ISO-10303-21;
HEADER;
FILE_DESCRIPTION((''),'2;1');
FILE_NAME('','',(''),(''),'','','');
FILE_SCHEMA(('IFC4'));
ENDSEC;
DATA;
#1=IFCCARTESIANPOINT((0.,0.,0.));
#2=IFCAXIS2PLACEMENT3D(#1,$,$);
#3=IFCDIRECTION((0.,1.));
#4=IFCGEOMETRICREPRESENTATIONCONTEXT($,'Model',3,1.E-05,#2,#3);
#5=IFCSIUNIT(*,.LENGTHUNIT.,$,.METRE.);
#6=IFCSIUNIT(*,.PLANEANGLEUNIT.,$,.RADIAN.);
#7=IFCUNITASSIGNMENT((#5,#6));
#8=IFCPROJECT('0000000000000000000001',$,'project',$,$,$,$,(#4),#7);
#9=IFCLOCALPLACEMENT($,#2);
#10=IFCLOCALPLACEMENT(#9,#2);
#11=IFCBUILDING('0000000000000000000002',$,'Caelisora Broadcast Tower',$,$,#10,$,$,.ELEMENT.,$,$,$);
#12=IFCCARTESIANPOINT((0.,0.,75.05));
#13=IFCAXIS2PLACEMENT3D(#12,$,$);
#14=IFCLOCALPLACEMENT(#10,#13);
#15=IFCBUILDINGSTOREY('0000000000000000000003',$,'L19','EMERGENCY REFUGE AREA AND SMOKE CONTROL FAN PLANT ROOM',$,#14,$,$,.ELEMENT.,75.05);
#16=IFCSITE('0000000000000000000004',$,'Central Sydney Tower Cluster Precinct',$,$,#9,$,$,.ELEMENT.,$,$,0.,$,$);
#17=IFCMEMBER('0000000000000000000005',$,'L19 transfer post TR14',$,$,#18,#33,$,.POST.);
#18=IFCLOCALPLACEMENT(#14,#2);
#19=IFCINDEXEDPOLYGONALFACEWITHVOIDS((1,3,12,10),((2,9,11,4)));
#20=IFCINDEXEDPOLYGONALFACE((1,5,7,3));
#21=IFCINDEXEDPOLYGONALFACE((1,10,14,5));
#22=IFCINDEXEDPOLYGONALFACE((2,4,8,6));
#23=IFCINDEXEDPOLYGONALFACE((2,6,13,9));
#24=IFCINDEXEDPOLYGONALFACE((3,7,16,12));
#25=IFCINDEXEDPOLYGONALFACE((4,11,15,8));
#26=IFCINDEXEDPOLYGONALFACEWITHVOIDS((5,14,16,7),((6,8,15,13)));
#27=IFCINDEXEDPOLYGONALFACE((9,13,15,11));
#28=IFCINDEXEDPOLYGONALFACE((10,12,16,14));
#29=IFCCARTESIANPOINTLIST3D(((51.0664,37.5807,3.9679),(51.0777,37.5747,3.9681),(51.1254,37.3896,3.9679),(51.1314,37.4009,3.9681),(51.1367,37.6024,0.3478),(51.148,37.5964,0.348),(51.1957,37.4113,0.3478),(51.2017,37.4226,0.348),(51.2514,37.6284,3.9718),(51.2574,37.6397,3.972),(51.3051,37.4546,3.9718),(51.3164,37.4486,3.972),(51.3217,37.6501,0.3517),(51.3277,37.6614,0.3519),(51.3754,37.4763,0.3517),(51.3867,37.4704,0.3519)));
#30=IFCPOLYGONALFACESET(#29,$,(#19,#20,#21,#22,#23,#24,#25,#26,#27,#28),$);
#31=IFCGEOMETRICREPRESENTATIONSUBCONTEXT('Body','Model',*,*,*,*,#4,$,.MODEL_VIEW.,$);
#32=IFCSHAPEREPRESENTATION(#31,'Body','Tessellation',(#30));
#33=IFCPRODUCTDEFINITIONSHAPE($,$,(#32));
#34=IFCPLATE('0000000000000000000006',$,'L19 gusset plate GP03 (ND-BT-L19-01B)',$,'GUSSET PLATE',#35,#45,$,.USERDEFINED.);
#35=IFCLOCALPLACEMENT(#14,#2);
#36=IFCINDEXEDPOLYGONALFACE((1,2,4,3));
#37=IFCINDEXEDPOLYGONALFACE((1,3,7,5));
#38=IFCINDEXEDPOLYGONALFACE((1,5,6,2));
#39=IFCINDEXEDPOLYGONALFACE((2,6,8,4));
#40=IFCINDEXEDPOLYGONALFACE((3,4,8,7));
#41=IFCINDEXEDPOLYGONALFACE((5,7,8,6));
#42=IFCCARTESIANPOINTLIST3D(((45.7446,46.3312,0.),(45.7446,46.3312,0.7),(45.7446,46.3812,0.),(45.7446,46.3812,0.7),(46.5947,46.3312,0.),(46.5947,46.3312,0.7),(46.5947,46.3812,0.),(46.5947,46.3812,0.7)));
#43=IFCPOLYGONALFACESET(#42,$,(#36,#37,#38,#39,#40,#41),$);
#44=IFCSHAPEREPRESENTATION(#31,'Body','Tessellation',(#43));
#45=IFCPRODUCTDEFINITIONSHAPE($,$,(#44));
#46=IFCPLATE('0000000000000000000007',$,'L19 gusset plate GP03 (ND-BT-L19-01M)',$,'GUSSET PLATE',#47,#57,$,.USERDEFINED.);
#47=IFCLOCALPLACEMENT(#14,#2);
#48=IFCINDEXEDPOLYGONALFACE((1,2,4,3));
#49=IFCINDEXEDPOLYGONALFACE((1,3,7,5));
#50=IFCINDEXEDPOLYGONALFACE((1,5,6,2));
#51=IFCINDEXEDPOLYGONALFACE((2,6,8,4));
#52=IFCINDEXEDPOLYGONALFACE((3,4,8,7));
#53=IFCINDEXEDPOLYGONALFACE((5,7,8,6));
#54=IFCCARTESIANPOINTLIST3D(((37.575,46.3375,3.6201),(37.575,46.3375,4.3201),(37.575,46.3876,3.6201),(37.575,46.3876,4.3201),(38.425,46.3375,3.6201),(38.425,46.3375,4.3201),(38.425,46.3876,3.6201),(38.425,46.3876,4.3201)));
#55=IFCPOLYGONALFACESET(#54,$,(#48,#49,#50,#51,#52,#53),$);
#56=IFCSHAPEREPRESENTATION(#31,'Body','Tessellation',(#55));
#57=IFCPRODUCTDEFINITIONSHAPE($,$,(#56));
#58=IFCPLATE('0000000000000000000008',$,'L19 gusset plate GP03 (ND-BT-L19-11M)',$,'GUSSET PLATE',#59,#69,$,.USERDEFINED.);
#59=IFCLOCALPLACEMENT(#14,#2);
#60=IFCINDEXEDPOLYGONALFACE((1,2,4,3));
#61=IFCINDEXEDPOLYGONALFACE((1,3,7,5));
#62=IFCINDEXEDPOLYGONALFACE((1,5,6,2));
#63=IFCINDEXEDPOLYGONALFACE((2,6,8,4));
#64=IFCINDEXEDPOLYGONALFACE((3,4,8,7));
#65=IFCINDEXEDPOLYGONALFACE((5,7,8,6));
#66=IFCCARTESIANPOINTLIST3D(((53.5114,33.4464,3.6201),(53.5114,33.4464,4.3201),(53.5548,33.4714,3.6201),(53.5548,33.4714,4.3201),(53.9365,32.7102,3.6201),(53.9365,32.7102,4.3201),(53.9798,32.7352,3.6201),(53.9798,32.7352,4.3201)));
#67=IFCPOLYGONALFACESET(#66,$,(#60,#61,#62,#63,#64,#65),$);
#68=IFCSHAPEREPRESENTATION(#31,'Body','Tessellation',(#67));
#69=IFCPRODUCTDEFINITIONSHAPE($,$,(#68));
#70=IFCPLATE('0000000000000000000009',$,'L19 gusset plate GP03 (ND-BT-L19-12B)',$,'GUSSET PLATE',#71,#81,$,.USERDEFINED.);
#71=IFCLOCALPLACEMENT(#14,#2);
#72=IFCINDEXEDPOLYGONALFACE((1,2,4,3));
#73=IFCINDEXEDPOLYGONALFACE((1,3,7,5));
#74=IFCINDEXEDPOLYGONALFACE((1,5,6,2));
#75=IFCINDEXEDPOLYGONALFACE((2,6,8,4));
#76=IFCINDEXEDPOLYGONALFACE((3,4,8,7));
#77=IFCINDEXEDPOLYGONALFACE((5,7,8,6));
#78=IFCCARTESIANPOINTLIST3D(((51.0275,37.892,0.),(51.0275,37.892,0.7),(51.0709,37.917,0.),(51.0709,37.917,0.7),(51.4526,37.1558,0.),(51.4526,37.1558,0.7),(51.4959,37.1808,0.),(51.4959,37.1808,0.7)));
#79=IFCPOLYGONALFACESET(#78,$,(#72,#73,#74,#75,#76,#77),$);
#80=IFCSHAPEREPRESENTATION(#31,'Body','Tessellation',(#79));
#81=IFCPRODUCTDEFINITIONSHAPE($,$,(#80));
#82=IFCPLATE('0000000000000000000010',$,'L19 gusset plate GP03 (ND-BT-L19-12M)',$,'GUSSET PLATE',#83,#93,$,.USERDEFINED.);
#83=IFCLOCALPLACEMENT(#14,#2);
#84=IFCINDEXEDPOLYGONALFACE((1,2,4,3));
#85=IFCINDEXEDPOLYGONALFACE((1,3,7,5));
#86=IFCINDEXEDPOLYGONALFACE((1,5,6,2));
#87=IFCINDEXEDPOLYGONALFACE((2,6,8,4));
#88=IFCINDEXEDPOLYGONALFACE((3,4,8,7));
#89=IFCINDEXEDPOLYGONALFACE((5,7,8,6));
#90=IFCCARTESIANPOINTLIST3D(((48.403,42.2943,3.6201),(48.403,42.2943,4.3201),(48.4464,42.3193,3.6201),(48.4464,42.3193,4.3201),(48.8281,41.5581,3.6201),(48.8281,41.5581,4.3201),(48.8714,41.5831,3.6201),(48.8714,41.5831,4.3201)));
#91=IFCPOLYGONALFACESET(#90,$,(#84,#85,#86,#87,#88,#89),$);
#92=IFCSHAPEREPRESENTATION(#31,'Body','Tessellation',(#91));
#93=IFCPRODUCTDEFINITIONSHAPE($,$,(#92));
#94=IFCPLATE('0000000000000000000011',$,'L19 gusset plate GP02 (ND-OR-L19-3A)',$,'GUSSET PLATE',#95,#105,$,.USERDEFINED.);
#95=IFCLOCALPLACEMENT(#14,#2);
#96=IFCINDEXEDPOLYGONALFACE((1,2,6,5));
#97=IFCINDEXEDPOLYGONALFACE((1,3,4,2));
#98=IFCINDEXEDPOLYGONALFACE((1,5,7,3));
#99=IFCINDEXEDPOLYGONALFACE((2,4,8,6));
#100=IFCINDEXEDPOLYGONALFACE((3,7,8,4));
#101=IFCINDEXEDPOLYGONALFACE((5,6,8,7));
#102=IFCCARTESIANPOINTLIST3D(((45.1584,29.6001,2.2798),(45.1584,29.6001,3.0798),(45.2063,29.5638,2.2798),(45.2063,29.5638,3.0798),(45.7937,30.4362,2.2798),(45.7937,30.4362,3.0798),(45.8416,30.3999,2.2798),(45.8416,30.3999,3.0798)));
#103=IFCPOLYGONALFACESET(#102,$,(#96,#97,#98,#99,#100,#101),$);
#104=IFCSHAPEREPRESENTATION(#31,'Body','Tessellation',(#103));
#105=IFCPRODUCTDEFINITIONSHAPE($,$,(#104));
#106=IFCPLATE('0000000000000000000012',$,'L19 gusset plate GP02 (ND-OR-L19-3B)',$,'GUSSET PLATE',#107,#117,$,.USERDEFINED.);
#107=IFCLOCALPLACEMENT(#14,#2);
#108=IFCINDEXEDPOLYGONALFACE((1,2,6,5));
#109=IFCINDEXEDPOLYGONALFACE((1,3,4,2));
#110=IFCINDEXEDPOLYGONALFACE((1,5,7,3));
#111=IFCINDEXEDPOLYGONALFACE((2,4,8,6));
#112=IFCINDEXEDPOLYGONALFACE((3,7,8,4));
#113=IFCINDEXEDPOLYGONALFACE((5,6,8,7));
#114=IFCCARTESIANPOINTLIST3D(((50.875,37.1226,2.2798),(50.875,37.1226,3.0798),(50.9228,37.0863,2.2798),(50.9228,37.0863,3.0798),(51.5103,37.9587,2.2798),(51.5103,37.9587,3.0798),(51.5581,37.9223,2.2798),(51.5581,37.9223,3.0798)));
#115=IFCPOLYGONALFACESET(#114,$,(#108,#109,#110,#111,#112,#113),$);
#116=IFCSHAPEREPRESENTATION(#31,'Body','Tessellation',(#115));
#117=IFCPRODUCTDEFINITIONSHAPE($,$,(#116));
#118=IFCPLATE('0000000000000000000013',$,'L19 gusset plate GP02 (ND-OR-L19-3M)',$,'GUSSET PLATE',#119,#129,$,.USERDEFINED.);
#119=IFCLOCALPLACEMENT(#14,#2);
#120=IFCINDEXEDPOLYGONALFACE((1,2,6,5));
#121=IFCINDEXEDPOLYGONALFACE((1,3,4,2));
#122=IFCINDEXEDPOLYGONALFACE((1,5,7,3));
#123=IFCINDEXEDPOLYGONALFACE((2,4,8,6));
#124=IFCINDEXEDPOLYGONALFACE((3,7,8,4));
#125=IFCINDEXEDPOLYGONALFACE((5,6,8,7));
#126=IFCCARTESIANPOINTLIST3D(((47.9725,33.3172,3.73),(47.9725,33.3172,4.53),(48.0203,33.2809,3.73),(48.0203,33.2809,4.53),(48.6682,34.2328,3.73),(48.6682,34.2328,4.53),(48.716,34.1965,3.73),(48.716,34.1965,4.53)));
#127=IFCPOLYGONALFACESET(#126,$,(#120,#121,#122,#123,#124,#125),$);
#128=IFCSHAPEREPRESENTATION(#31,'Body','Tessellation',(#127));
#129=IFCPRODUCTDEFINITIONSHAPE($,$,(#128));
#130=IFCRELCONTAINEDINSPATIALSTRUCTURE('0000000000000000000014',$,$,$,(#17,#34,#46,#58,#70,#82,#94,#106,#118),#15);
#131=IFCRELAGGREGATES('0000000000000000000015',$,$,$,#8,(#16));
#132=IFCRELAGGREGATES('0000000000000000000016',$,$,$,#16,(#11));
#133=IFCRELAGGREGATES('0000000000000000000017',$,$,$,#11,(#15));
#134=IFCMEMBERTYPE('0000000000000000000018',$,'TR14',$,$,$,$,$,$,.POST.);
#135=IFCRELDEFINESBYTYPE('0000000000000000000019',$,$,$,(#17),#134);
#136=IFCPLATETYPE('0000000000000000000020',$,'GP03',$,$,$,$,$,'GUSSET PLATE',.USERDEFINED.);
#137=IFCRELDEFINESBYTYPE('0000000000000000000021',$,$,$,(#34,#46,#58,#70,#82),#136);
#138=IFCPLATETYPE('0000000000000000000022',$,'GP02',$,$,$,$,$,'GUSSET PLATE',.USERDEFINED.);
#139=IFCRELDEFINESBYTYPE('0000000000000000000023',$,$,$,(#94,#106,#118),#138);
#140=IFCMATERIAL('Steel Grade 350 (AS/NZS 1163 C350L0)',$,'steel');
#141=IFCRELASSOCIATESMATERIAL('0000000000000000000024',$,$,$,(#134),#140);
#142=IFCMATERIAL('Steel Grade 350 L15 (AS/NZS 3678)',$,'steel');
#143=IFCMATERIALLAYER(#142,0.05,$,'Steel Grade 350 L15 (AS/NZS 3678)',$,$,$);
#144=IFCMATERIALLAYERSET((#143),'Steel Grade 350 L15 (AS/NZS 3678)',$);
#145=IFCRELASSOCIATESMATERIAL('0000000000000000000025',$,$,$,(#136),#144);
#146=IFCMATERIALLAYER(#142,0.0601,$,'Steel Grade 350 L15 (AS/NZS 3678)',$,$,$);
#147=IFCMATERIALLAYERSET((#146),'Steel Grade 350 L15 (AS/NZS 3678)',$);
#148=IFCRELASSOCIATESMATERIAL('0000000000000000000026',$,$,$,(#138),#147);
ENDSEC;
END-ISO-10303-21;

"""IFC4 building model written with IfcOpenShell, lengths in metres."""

from ifc_helpers import new_model, si_unit, direction, frame, origin, origin_2d, place, context, subcontext, project, spatial, rectangle, hollow_rectangle, extrude, source, transform, mapped, material, layer, layer_set, material_profile, profile_set, type_object, type_shapes, element, save


model = new_model("IFC4")

# Units and contexts
model_context = context("Model", 3, precision=1e-05, world=origin(), true_north=direction((0.0, 1.0)))
body_context = subcontext(model_context, "Body", "Model", "MODEL_VIEW")
ifc_project = project(units=[si_unit("LENGTHUNIT", "METRE"), si_unit("PLANEANGLEUNIT", "RADIAN")], contexts=[model_context])

# Site, building, storey
site_placement = place(None, origin())
site = spatial("IfcSite", under=ifc_project, at=site_placement, Name="Central Sydney Tower Cluster Precinct", CompositionType="ELEMENT", RefElevation=0.0)
building_placement = place(site_placement, origin())
building = spatial("IfcBuilding", under=site, at=building_placement, Name="Caelisora Broadcast Tower", CompositionType="ELEMENT")
storey_placement = place(building_placement, frame((0.0, 0.0, 75.05)))
storey = spatial("IfcBuildingStorey", under=building, at=storey_placement, Name="L19", Description="EMERGENCY REFUGE AREA AND SMOKE CONTROL FAN PLANT ROOM", CompositionType="ELEMENT", Elevation=75.05)

# Shared definitions
ifc_material_1 = material(Name="Steel Grade 350 L15 (AS/NZS 3678)", Category="steel")

# Member
ifc_material_2 = material(Name="Steel Grade 350 (AS/NZS 1163 C350L0)", Category="steel")
ifc_material_profile_1 = material_profile(ifc_material_2, hollow_rectangle(XDim=0.2, YDim=0.2, WallThickness=0.009, at=origin_2d()), Name="Steel Grade 350 (AS/NZS 1163 C350L0)")
ifc_profile_set_1 = profile_set([ifc_material_profile_1], Name="Steel Grade 350 (AS/NZS 1163 C350L0)")
member_type_1 = type_object("IfcMemberType", Name="TR14", PredefinedType="POST", material=ifc_profile_set_1)
shared_shape_1 = source(origin(), body_context, "Body", "SweptSolid", [
    extrude(hollow_rectangle(XDim=0.2, YDim=0.2, WallThickness=0.009, at=origin_2d()), origin(), (0.0, 0.0, 1.0), 3.6208),
])
type_shapes(member_type_1, [shared_shape_1])
member_1_placement = place(storey_placement, frame((51.2617, 37.5364, 0.3499), z_axis=(-0.019419, -0.006001, 0.999793), x_axis=(0.295251, -0.95542, 0.0)))
element("IfcMember", 1, at=member_1_placement, inside=storey, type_object=member_type_1, Name="L19 transfer post TR14", PredefinedType="POST", context=body_context, shape_type="MappedRepresentation", body=[
    mapped(shared_shape_1, transform((0.0, 0.0, 0.0), scale=1.0)),
])

# Plates
ifc_layer_1 = layer(ifc_material_1, 0.05, Name="Steel Grade 350 L15 (AS/NZS 3678)")
ifc_layer_set_1 = layer_set([ifc_layer_1], Name="Steel Grade 350 L15 (AS/NZS 3678)")
plate_type_1 = type_object("IfcPlateType", Name="GP03", ElementType="GUSSET PLATE", PredefinedType="USERDEFINED", material=ifc_layer_set_1)
shared_shape_2 = source(origin(), body_context, "Body", "SweptSolid", [
    extrude(rectangle(XDim=0.8501, YDim=0.05, at=origin_2d()), origin(), (0.0, 0.0, 1.0), 0.7),
])
type_shapes(plate_type_1, [shared_shape_2])
for number, where, z_axis, x_axis, name in (
    (2, (46.1697, 46.3562, 0.0), (0.0, 0.0, 1.0), (-1.0, 0.0, 0.0), "L19 gusset plate GP03 (ND-BT-L19-01B)"),
    (3, (38.0, 46.3625, 3.6201), (0.0, 0.0, 1.0), (-1.0, 0.0, 0.0), "L19 gusset plate GP03 (ND-BT-L19-01M)"),
    (4, (53.7456, 33.0908, 3.6201), (0.0, 0.0, 1.0), (-0.5, 0.866025, 0.0), "L19 gusset plate GP03 (ND-BT-L19-11M)"),
    (5, (51.2617, 37.5364, 0.0), (0.0, 0.0, 1.0), (-0.5, 0.866025, 0.0), "L19 gusset plate GP03 (ND-BT-L19-12B)"),
    (6, (48.6372, 41.9387, 3.6201), (0.0, 0.0, 1.0), (-0.5, 0.866025, 0.0), "L19 gusset plate GP03 (ND-BT-L19-12M)"),
):
    element("IfcPlate", number, at=place(storey_placement, frame(where, z_axis=z_axis, x_axis=x_axis)), inside=storey, type_object=plate_type_1, Name=name, ObjectType="GUSSET PLATE", PredefinedType="USERDEFINED", context=body_context, shape_type="MappedRepresentation", body=[
        mapped(shared_shape_2, transform((0.0, 0.0, 0.0), scale=1.0)),
    ])
ifc_layer_2 = layer(ifc_material_1, 0.0601, Name="Steel Grade 350 L15 (AS/NZS 3678)")
ifc_layer_set_2 = layer_set([ifc_layer_2], Name="Steel Grade 350 L15 (AS/NZS 3678)")
plate_type_2 = type_object("IfcPlateType", Name="GP02", ElementType="GUSSET PLATE", PredefinedType="USERDEFINED", material=ifc_layer_set_2)
shared_shape_3 = source(origin(), body_context, "Body", "SweptSolid", [
    extrude(rectangle(XDim=1.05, YDim=0.0601, at=origin_2d()), origin(), (0.0, 0.0, 1.0), 0.8),
])
for number, where, z_axis, x_axis, name in (
    (7, (45.5, 30.0, 2.2798), (0.0, 0.0, 1.0), (0.605016, 0.796213, 0.0), "L19 gusset plate GP02 (ND-OR-L19-3A)"),
    (8, (51.2166, 37.5225, 2.2798), (0.0, 0.0, 1.0), (0.605016, 0.796213, 0.0), "L19 gusset plate GP02 (ND-OR-L19-3B)"),
):
    element("IfcPlate", number, at=place(storey_placement, frame(where, z_axis=z_axis, x_axis=x_axis)), inside=storey, type_object=plate_type_2, Name=name, ObjectType="GUSSET PLATE", PredefinedType="USERDEFINED", context=body_context, shape_type="MappedRepresentation", body=[
        mapped(shared_shape_3, transform((0.0, 0.0, 0.0), scale=1.0)),
    ])
shared_shape_4 = source(origin(), body_context, "Body", "SweptSolid", [
    extrude(rectangle(XDim=1.1499, YDim=0.0601, at=origin_2d()), origin(), (0.0, 0.0, 1.0), 0.8),
])
type_shapes(plate_type_2, [shared_shape_3, shared_shape_4])
plate_placement = place(storey_placement, frame((48.3442, 33.7568, 3.73), z_axis=(0.0, 0.0, 1.0), x_axis=(0.605016, 0.796213, 0.0)))
element("IfcPlate", 9, at=plate_placement, inside=storey, type_object=plate_type_2, Name="L19 gusset plate GP02 (ND-OR-L19-3M)", ObjectType="GUSSET PLATE", PredefinedType="USERDEFINED", context=body_context, shape_type="MappedRepresentation", body=[
    mapped(shared_shape_4, transform((0.0, 0.0, 0.0), scale=1.0)),
])

save(model, "model.ifc")
